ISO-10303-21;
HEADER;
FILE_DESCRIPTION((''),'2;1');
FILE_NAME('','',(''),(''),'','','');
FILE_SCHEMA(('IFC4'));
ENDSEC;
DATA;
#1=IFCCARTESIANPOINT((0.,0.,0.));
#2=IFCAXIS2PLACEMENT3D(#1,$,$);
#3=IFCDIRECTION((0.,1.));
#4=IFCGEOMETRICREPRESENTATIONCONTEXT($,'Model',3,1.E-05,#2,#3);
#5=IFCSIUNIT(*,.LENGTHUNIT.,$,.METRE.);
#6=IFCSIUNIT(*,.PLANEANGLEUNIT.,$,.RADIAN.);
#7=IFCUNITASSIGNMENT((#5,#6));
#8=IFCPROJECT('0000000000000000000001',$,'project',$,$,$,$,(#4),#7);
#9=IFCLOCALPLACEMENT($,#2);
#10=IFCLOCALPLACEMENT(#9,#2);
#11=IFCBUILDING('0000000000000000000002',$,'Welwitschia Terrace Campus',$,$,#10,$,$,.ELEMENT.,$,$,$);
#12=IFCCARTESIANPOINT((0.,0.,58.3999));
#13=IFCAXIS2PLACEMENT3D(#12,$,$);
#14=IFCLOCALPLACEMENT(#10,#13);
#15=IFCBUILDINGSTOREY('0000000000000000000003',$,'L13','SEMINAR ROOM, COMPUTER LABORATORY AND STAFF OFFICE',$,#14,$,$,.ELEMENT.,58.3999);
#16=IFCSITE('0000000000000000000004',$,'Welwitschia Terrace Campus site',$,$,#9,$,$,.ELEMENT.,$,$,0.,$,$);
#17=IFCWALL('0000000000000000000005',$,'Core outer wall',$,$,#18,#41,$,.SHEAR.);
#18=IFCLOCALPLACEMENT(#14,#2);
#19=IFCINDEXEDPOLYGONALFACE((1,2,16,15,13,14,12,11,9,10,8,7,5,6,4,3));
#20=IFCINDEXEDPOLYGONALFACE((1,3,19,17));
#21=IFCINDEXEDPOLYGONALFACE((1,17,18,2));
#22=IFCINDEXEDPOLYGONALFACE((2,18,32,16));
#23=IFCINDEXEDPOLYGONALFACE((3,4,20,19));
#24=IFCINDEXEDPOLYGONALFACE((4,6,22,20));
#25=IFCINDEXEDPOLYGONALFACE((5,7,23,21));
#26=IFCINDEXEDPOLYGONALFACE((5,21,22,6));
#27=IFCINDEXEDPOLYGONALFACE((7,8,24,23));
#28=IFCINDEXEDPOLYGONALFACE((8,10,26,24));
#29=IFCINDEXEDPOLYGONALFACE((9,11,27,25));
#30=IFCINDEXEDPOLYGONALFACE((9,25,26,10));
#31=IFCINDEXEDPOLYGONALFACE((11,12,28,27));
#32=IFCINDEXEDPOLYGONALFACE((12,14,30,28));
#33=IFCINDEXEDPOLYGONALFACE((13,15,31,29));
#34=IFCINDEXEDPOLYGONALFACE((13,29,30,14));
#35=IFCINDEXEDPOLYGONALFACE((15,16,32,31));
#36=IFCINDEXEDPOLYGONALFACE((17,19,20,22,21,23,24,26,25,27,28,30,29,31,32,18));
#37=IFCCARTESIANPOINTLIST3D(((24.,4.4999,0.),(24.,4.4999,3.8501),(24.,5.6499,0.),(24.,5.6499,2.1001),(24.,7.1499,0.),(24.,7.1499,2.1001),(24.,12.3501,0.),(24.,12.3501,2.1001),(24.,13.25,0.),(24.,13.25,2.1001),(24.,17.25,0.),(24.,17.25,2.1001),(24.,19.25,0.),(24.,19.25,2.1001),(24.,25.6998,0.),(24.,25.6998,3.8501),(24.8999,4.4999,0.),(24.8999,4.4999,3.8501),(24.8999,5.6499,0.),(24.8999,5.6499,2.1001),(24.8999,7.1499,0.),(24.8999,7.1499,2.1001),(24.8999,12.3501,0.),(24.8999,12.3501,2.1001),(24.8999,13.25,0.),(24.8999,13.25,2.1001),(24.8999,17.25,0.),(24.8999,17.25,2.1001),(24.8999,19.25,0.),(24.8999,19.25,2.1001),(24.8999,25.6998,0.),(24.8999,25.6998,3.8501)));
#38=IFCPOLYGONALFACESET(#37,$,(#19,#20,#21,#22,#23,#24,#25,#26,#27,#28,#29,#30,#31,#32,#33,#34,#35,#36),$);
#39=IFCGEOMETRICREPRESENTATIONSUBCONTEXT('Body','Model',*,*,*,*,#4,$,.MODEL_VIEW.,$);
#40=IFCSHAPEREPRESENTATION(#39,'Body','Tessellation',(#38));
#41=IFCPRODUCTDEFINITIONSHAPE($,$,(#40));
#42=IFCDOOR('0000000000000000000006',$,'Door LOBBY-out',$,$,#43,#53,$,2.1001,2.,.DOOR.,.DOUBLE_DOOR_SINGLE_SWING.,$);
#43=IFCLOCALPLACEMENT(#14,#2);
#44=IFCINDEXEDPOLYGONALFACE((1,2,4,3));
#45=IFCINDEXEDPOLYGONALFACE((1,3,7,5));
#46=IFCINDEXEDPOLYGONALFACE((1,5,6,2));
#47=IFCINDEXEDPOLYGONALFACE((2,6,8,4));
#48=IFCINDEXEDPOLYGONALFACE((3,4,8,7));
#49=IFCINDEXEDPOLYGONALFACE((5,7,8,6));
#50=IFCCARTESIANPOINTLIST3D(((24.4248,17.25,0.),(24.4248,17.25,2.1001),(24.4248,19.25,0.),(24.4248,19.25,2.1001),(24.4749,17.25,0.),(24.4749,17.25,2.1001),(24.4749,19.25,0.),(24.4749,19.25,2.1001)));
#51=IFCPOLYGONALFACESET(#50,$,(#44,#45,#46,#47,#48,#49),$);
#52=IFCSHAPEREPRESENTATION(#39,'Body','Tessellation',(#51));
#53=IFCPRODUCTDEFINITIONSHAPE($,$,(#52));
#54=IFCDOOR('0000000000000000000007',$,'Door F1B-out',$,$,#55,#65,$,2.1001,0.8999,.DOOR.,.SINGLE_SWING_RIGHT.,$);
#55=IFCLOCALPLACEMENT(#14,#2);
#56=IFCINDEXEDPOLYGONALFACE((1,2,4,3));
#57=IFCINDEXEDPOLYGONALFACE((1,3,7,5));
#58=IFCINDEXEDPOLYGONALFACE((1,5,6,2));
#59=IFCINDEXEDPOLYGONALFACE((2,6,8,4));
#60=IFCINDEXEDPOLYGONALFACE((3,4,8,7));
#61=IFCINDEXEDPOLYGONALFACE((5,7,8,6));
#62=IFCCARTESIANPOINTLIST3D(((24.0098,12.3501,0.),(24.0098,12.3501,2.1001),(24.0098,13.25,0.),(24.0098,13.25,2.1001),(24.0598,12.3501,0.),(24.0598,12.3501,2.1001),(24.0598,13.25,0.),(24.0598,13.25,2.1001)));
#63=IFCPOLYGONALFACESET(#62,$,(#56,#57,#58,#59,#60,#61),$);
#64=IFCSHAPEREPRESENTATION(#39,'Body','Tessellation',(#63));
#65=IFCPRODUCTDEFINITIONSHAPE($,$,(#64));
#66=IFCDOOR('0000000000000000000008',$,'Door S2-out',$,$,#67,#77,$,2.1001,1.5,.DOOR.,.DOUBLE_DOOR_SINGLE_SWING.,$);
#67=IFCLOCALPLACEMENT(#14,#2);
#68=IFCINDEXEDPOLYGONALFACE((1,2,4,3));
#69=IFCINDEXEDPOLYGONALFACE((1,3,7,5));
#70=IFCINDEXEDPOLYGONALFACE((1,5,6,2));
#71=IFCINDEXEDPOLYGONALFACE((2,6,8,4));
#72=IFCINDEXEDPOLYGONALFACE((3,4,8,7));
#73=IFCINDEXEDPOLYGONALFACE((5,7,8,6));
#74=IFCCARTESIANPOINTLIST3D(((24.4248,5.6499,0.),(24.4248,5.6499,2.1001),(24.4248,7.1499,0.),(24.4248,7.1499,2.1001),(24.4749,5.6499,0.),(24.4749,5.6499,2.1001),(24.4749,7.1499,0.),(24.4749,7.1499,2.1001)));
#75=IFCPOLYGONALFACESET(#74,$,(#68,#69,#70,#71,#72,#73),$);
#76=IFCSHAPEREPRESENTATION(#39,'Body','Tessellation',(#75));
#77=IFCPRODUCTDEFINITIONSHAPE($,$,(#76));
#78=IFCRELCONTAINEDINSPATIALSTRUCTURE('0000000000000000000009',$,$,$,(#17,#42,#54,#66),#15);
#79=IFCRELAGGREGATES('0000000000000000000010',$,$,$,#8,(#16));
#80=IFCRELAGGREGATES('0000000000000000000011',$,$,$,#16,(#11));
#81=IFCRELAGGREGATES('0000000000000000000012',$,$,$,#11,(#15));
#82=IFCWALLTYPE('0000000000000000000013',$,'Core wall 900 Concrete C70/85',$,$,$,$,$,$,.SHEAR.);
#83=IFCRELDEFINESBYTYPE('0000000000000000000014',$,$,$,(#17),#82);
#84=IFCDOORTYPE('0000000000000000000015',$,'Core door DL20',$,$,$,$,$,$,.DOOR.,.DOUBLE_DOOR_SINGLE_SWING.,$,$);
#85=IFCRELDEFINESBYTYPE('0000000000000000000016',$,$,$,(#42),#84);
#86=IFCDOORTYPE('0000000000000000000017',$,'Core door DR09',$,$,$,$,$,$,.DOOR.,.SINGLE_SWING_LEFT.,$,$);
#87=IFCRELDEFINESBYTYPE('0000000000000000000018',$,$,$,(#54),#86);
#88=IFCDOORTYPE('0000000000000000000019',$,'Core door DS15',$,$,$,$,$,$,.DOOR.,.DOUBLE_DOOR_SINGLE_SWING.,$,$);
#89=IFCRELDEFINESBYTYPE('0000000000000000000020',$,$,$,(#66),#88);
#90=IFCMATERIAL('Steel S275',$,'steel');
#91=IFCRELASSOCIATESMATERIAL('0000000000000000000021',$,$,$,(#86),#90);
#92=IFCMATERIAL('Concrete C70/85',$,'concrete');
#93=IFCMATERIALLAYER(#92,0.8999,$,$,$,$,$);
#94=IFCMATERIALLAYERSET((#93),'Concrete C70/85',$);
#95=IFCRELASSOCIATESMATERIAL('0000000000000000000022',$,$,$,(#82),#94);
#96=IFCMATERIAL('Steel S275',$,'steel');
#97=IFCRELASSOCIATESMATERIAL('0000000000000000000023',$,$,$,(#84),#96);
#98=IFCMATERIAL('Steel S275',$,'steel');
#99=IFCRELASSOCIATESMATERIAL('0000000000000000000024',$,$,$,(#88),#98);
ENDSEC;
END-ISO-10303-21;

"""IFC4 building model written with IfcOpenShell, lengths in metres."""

from ifc_helpers import new_model, si_unit, direction, frame, frame_2d, origin, place, context, subcontext, project, spatial, rectangle, extrude, material, layer, layer_set, type_object, element, fill, save


model = new_model("IFC4")

# Units and contexts
model_context = context("Model", 3, precision=1e-05, world=origin(), true_north=direction((0.0, 1.0)))
body_context = subcontext(model_context, "Body", "Model", "MODEL_VIEW")
ifc_project = project(units=[si_unit("LENGTHUNIT", "METRE"), si_unit("PLANEANGLEUNIT", "RADIAN")], contexts=[model_context])

# Site, building, storey
site_placement = place(None, origin())
site = spatial("IfcSite", under=ifc_project, at=site_placement, Name="Welwitschia Terrace Campus site", CompositionType="ELEMENT", RefElevation=0.0)
building_placement = place(site_placement, origin())
building = spatial("IfcBuilding", under=site, at=building_placement, Name="Welwitschia Terrace Campus", CompositionType="ELEMENT")
storey_placement = place(building_placement, frame((0.0, 0.0, 58.3999)))
storey = spatial("IfcBuildingStorey", under=building, at=storey_placement, Name="L13", Description="SEMINAR ROOM, COMPUTER LABORATORY AND STAFF OFFICE", CompositionType="ELEMENT", Elevation=58.3999)

# Shared definitions
ifc_material_1 = material(Name="Steel S275", Category="steel")
door_type_1 = type_object("IfcDoorType", Name="Core door DR09", OperationType="SINGLE_SWING_LEFT", PredefinedType="DOOR", material=ifc_material_1)

# Wall, openings, doors
ifc_material_2 = material(Name="Concrete C70/85", Category="concrete")
ifc_layer_1 = layer(ifc_material_2, 0.8999)
ifc_layer_set_1 = layer_set([ifc_layer_1], Name="Concrete C70/85")
wall_type_1 = type_object("IfcWallType", Name="Core wall 900 Concrete C70/85", PredefinedType="SHEAR", material=ifc_layer_set_1)
wall_1_placement = place(storey_placement, frame((24.45, 25.7, 0.0), z_axis=(0.0, 0.0, 1.0), x_axis=(0.0, -1.0, 0.0)))
wall_1 = element("IfcWall", 1, at=wall_1_placement, inside=storey, type_object=wall_type_1, Name="Core outer wall", PredefinedType="SHEAR", context=body_context, shape_type="SweptSolid", body=[
    extrude(rectangle(XDim=21.2, YDim=0.8999, at=frame_2d((10.6001, 0.0))), origin(), (0.0, 0.0, 1.0), 3.8501),
])
opening_1_placement = place(wall_1_placement, frame((18.55, 0.0, 0.0)))
opening_1 = element("IfcOpeningElement", 2, at=opening_1_placement, cuts=wall_1, PredefinedType="OPENING", context=body_context, shape_type="SweptSolid", body=[
    extrude(rectangle(XDim=1.5, YDim=2.1001, at=frame_2d((0.75, 1.05))), frame((0.0, 0.46, 0.0), z_axis=(0.0, -1.0, 0.0), x_axis=(1.0, 0.0, 0.0)), (0.0, 0.0, 1.0), 0.9199),
])
opening_2_placement = place(wall_1_placement, frame((12.45, 0.0, 0.0)))
opening_2 = element("IfcOpeningElement", 3, at=opening_2_placement, cuts=wall_1, PredefinedType="OPENING", context=body_context, shape_type="SweptSolid", body=[
    extrude(rectangle(XDim=0.8999, YDim=2.1001, at=frame_2d((0.45, 1.05))), frame((0.0, 0.46, 0.0), z_axis=(0.0, -1.0, 0.0), x_axis=(1.0, 0.0, 0.0)), (0.0, 0.0, 1.0), 0.9199),
])
opening_3_placement = place(wall_1_placement, frame((6.45, 0.0, 0.0)))
opening_3 = element("IfcOpeningElement", 4, at=opening_3_placement, cuts=wall_1, PredefinedType="OPENING", context=body_context, shape_type="SweptSolid", body=[
    extrude(rectangle(XDim=2.0, YDim=2.1001, at=frame_2d((1.0, 1.05))), frame((0.0, 0.46, 0.0), z_axis=(0.0, -1.0, 0.0), x_axis=(1.0, 0.0, 0.0)), (0.0, 0.0, 1.0), 0.9199),
])
ifc_material_3 = material(Name="Steel S275", Category="steel")
door_type_2 = type_object("IfcDoorType", Name="Core door DL20", OperationType="DOUBLE_DOOR_SINGLE_SWING", PredefinedType="DOOR", material=ifc_material_3)
door_1_placement = place(opening_3_placement, origin())
door_1 = element("IfcDoor", 5, at=door_1_placement, inside=storey, type_object=door_type_2, Name="Door LOBBY-out", OperationType="DOUBLE_DOOR_SINGLE_SWING", OverallHeight=2.1001, OverallWidth=2.0, PredefinedType="DOOR", context=body_context, shape_type="SweptSolid", body=[
    extrude(rectangle(XDim=2.0, YDim=2.1001, at=frame_2d((1.0, 1.05))), frame((0.0, 0.0249, 0.0), z_axis=(0.0, -1.0, 0.0), x_axis=(1.0, 0.0, 0.0)), (0.0, 0.0, 1.0), 0.05),
])
fill(opening_3, door_1)
door_2_placement = place(opening_2_placement, origin())
door_2 = element("IfcDoor", 6, at=door_2_placement, inside=storey, type_object=door_type_1, Name="Door F1B-out", OperationType="SINGLE_SWING_RIGHT", OverallHeight=2.1001, OverallWidth=0.8999, PredefinedType="DOOR", context=body_context, shape_type="SweptSolid", body=[
    extrude(rectangle(XDim=0.8999, YDim=2.1001, at=frame_2d((0.45, 1.05))), frame((0.0, -0.3901, 0.0), z_axis=(0.0, -1.0, 0.0), x_axis=(1.0, 0.0, 0.0)), (0.0, 0.0, 1.0), 0.05),
])
fill(opening_2, door_2)
ifc_material_4 = material(Name="Steel S275", Category="steel")
door_type_3 = type_object("IfcDoorType", Name="Core door DS15", OperationType="DOUBLE_DOOR_SINGLE_SWING", PredefinedType="DOOR", material=ifc_material_4)
door_3_placement = place(opening_1_placement, origin())
door_3 = element("IfcDoor", 7, at=door_3_placement, inside=storey, type_object=door_type_3, Name="Door S2-out", OperationType="DOUBLE_DOOR_SINGLE_SWING", OverallHeight=2.1001, OverallWidth=1.5, PredefinedType="DOOR", context=body_context, shape_type="SweptSolid", body=[
    extrude(rectangle(XDim=1.5, YDim=2.1001, at=frame_2d((0.75, 1.05))), frame((0.0, 0.0249, 0.0), z_axis=(0.0, -1.0, 0.0), x_axis=(1.0, 0.0, 0.0)), (0.0, 0.0, 1.0), 0.05),
])
fill(opening_1, door_3)

save(model, "model.ifc")
